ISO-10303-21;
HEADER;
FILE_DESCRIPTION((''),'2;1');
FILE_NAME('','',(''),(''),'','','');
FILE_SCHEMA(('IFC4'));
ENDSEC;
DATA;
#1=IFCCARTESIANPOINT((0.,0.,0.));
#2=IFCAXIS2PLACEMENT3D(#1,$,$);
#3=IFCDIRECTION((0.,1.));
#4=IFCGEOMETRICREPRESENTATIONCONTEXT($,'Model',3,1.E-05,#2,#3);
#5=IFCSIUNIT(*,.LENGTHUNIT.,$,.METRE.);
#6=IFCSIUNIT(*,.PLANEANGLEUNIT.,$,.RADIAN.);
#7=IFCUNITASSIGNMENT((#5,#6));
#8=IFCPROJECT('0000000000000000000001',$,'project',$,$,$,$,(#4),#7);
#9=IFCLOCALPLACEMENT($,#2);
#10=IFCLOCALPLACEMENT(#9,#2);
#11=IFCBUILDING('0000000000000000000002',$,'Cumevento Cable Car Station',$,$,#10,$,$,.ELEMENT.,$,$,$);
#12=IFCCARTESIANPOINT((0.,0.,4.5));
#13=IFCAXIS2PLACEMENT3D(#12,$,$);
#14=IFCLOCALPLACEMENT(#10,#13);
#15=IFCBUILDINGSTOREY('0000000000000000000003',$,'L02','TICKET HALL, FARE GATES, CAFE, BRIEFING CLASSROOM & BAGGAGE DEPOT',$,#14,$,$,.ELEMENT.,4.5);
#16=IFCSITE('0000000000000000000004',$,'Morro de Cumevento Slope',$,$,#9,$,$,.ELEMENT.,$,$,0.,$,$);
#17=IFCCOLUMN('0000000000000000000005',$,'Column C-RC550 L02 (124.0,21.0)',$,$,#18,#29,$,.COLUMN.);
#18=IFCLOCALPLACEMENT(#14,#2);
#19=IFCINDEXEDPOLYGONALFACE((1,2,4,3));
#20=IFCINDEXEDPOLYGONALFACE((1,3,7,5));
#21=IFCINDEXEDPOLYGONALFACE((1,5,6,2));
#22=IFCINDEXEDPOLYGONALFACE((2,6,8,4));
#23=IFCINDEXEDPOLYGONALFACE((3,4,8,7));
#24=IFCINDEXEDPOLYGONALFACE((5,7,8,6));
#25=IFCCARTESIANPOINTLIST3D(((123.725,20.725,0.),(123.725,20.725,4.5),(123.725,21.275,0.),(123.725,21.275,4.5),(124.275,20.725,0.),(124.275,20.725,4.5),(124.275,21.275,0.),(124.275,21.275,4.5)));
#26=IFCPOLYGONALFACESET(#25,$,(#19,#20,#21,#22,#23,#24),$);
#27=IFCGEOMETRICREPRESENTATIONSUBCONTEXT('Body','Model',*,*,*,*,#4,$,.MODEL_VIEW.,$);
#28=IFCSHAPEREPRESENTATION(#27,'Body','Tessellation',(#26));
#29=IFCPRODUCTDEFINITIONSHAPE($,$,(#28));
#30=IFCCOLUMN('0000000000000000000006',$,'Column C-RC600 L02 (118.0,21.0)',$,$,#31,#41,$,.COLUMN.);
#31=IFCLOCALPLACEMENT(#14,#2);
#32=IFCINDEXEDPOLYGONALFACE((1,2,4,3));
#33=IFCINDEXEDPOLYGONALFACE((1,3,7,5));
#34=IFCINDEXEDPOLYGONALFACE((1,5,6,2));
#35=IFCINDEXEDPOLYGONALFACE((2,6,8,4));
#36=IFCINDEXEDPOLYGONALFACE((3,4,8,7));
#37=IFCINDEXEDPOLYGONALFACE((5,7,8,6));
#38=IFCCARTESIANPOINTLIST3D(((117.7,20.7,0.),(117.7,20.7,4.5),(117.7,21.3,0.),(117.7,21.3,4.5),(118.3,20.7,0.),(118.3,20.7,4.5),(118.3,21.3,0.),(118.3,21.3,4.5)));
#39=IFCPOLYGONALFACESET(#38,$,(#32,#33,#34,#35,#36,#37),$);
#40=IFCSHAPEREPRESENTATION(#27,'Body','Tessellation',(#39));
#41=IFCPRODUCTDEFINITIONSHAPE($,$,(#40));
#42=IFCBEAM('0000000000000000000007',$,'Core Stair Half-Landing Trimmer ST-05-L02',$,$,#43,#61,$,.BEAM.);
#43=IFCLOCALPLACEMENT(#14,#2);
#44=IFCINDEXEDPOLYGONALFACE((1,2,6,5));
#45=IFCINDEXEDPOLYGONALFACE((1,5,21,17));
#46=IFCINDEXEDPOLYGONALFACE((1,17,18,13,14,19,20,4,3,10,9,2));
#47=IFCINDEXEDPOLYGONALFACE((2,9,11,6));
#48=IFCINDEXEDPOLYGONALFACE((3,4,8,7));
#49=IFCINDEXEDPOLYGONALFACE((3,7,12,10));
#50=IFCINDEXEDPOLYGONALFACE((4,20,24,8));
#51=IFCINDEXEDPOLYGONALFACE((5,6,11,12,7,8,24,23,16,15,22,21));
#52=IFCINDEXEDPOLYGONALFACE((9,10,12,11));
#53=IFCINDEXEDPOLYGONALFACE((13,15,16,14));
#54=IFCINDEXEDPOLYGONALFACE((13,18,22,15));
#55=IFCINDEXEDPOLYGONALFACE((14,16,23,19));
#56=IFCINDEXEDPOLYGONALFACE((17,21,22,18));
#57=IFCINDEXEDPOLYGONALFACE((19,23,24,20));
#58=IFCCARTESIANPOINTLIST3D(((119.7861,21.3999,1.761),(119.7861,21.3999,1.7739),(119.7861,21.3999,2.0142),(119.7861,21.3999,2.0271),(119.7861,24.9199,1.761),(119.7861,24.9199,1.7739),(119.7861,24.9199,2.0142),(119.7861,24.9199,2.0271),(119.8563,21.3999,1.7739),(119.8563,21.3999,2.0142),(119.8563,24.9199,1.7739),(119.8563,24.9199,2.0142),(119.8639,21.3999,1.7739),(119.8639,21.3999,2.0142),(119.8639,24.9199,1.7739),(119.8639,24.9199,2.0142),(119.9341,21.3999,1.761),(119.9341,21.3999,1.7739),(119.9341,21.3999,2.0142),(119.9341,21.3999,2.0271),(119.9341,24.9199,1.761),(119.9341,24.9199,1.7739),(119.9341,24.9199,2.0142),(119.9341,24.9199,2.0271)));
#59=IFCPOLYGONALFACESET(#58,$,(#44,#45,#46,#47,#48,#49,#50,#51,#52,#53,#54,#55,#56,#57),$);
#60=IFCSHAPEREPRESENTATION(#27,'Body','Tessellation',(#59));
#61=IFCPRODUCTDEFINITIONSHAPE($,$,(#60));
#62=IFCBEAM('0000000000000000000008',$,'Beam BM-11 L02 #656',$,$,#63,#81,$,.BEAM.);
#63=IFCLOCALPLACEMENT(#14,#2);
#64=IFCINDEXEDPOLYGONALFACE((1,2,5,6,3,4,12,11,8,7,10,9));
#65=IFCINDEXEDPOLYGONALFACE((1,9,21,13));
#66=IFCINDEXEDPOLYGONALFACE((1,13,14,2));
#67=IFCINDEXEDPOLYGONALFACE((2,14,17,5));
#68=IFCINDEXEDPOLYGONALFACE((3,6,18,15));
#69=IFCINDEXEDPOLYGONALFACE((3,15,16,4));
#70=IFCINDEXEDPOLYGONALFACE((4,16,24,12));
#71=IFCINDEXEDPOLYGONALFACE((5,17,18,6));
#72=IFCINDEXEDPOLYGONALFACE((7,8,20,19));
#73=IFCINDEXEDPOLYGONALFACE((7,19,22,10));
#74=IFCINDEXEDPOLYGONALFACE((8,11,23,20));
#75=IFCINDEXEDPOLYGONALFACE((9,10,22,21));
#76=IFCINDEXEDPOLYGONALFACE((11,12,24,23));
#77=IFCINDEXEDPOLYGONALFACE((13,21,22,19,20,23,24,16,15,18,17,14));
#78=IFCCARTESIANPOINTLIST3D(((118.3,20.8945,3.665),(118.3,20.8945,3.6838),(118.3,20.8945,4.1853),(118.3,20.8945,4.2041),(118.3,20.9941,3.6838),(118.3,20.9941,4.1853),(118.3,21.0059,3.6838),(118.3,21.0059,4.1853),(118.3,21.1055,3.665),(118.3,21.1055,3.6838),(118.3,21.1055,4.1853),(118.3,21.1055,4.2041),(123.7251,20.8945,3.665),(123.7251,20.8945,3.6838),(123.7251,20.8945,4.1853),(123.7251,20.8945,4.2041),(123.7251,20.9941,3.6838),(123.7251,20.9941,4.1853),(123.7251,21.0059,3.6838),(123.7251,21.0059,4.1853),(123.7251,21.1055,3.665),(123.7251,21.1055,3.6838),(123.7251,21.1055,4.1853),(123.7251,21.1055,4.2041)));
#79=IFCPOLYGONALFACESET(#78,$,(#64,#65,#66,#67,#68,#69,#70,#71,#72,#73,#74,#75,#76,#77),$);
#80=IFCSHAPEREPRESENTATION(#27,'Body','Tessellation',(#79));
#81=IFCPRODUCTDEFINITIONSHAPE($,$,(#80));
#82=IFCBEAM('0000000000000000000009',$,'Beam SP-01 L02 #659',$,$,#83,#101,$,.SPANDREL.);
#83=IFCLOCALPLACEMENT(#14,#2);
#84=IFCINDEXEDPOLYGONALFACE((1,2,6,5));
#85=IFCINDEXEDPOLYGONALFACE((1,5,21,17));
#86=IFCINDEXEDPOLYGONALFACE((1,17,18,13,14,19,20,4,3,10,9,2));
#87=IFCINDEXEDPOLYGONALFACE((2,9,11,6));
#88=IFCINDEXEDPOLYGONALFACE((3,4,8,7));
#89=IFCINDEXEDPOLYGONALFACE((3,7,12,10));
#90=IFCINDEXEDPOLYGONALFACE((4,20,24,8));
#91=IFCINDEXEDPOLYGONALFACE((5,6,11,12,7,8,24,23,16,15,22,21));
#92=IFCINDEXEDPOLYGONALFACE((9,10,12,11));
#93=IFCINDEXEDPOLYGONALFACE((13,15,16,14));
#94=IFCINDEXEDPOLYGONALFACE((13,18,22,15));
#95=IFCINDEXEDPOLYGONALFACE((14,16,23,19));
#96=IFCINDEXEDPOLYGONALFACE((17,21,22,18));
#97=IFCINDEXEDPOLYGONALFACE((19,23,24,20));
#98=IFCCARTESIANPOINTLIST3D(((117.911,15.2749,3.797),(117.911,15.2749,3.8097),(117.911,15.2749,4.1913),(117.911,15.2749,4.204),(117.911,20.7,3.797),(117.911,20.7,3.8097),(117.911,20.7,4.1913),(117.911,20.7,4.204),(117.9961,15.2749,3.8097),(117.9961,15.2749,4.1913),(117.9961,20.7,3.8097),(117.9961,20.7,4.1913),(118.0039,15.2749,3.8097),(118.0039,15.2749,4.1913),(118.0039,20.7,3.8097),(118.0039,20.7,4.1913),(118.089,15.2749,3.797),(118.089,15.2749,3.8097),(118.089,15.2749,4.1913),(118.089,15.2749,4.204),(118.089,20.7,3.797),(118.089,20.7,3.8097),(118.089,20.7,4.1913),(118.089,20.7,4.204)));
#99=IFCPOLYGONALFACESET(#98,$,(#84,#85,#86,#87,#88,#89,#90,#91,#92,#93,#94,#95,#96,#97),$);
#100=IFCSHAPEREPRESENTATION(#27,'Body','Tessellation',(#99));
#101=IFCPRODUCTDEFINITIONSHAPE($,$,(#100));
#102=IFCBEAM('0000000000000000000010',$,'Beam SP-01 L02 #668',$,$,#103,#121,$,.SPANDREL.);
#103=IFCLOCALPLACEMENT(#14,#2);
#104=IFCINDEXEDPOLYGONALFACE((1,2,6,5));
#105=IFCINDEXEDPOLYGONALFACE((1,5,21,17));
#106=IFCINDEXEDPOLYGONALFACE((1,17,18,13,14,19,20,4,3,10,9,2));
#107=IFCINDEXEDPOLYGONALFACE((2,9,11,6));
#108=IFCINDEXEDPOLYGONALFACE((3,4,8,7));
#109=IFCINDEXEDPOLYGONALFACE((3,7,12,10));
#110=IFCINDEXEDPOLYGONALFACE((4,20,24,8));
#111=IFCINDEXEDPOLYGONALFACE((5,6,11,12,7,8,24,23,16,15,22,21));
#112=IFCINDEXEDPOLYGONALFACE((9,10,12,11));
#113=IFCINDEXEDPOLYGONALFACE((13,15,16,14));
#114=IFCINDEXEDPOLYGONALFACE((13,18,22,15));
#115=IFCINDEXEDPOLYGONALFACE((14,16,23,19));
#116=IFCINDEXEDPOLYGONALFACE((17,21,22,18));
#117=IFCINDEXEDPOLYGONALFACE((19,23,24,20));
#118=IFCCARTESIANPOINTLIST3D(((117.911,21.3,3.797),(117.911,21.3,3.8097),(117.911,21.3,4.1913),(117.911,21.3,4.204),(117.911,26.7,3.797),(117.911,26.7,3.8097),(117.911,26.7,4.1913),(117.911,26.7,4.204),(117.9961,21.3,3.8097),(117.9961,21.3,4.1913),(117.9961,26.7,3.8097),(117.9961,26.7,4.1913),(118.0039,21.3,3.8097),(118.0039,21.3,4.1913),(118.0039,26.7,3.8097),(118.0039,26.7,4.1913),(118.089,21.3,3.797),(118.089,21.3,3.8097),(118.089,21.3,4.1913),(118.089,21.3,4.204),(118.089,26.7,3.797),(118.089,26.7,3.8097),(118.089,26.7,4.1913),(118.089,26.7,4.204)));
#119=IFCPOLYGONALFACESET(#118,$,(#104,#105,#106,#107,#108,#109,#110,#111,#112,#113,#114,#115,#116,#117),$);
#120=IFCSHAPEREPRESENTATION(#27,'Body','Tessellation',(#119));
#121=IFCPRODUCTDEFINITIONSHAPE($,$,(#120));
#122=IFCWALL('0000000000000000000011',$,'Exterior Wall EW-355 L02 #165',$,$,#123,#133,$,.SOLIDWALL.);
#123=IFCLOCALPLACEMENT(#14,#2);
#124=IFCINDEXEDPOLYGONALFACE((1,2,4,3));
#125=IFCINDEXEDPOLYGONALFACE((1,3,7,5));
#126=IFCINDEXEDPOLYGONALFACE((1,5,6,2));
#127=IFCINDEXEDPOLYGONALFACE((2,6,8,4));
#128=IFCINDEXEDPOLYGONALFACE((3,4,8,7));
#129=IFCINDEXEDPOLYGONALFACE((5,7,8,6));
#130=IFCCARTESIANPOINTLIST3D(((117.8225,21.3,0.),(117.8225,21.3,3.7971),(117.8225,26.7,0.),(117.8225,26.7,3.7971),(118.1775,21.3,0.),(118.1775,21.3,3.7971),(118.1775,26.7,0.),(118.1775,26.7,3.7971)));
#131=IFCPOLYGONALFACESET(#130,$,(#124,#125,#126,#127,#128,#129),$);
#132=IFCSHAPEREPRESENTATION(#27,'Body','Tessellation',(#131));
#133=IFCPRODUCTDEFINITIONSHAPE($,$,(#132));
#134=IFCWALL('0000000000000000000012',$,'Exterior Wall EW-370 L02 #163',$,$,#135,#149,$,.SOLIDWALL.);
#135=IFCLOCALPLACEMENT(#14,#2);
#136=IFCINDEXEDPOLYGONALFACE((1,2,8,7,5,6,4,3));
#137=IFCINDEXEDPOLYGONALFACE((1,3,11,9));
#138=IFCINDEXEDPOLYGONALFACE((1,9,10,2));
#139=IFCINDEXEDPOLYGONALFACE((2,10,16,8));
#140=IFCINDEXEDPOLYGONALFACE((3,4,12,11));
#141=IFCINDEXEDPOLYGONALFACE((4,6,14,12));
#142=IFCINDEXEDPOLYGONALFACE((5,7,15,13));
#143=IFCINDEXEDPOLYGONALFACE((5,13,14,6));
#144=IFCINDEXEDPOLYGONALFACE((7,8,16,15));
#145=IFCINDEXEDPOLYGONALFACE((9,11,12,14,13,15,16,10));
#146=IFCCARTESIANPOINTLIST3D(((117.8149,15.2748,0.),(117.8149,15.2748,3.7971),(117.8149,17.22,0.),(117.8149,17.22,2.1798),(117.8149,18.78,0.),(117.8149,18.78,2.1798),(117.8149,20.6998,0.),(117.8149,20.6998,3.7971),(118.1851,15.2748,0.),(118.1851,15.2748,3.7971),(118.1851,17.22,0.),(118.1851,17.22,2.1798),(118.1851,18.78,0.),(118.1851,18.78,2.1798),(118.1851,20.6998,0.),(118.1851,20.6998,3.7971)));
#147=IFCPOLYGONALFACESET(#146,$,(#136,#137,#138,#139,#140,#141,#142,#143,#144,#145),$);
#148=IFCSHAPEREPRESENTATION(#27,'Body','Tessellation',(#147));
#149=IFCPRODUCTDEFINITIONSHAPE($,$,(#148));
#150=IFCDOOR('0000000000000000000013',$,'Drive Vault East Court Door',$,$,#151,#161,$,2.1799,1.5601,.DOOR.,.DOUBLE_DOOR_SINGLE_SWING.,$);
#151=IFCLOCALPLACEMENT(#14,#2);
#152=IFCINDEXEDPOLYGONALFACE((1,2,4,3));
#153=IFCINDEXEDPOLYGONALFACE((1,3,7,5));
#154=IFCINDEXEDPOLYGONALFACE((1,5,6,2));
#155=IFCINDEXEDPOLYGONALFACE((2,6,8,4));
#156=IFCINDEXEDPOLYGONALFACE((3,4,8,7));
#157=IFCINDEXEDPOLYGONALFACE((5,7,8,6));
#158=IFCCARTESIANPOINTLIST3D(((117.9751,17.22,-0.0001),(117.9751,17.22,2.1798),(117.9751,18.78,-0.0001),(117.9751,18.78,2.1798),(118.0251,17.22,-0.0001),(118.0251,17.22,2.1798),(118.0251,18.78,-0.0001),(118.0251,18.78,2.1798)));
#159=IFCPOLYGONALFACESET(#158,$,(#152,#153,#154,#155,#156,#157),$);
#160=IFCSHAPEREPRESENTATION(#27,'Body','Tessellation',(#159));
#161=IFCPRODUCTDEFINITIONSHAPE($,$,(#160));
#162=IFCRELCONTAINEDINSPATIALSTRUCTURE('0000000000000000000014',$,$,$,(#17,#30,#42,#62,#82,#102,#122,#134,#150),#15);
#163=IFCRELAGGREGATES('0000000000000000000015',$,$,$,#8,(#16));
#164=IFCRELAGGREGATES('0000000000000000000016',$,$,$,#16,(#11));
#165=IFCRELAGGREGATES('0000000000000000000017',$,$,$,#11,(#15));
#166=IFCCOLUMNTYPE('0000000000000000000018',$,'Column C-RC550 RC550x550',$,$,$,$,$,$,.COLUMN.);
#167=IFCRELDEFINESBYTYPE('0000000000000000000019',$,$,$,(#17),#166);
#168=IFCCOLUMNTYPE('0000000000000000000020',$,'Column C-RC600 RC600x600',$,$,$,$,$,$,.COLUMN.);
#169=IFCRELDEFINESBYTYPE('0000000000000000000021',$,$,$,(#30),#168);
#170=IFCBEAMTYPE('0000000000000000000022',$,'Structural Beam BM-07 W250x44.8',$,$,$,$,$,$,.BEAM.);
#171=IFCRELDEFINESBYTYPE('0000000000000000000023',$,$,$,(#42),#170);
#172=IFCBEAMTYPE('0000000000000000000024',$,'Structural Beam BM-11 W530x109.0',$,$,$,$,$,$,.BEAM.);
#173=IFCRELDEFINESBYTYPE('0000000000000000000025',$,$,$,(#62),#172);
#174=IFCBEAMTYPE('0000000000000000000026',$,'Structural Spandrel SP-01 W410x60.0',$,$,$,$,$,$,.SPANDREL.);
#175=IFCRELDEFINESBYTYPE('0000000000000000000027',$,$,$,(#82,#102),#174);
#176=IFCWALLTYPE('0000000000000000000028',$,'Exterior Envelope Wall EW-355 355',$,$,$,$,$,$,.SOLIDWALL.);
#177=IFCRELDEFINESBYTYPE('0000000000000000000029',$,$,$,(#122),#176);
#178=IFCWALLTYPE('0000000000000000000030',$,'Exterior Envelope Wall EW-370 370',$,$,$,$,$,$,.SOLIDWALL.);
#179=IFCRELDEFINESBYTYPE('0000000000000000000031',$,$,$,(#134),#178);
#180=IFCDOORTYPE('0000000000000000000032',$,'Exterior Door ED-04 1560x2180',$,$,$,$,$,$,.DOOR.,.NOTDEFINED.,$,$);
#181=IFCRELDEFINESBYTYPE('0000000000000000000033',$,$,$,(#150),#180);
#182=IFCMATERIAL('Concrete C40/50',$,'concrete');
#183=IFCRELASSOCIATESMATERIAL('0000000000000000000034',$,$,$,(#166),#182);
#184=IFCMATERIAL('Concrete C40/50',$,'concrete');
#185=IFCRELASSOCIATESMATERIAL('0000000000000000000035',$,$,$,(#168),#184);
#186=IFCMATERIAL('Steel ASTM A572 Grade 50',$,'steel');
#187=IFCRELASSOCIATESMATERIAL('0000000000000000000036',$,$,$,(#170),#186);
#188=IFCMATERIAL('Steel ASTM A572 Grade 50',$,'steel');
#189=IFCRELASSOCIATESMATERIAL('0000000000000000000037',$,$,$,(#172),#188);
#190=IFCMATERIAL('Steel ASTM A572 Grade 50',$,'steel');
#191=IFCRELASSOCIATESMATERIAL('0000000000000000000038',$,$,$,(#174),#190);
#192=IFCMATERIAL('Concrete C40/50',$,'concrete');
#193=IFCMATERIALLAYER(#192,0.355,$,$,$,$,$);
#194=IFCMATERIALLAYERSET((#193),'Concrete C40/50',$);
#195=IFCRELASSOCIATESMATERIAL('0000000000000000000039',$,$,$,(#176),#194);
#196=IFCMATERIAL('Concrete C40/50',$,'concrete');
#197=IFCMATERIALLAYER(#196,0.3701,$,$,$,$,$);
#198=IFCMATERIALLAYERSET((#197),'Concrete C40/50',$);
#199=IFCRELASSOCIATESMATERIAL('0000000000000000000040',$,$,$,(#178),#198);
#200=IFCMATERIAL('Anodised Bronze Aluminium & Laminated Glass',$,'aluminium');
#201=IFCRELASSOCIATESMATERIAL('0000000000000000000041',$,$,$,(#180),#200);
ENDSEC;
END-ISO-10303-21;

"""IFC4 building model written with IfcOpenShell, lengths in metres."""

from ifc_helpers import new_model, si_unit, direction, frame, frame_2d, origin, origin_2d, place, context, subcontext, project, spatial, rectangle, i_section, extrude, material, layer, layer_set, material_profile, profile_set, type_object, element, fill, save


model = new_model("IFC4")

# Units and contexts
model_context = context("Model", 3, precision=1e-05, world=origin(), true_north=direction((0.0, 1.0)))
body_context = subcontext(model_context, "Body", "Model", "MODEL_VIEW")
ifc_project = project(units=[si_unit("LENGTHUNIT", "METRE"), si_unit("PLANEANGLEUNIT", "RADIAN")], contexts=[model_context])

# Site, building, storey
site_placement = place(None, origin())
site = spatial("IfcSite", under=ifc_project, at=site_placement, Name="Morro de Cumevento Slope", CompositionType="ELEMENT", RefElevation=0.0)
building_placement = place(site_placement, origin())
building = spatial("IfcBuilding", under=site, at=building_placement, Name="Cumevento Cable Car Station", CompositionType="ELEMENT")
storey_placement = place(building_placement, frame((0.0, 0.0, 4.5)))
storey = spatial("IfcBuildingStorey", under=building, at=storey_placement, Name="L02", Description="TICKET HALL, FARE GATES, CAFE, BRIEFING CLASSROOM & BAGGAGE DEPOT", CompositionType="ELEMENT", Elevation=4.5)

# Columns
ifc_material_1 = material(Name="Concrete C40/50", Category="concrete")
ifc_material_profile_1 = material_profile(ifc_material_1, rectangle(XDim=0.55, YDim=0.55, at=origin_2d()), Name="RC550x550")
ifc_profile_set_1 = profile_set([ifc_material_profile_1], Name="Concrete C40/50")
column_type_1 = type_object("IfcColumnType", Name="Column C-RC550 RC550x550", PredefinedType="COLUMN", material=ifc_profile_set_1)
column_1_placement = place(storey_placement, frame((124.0, 21.0, 0.0), z_axis=(0.0, 0.0, 1.0), x_axis=(1.0, 0.0, 0.0)))
element("IfcColumn", 1, at=column_1_placement, inside=storey, type_object=column_type_1, Name="Column C-RC550 L02 (124.0,21.0)", PredefinedType="COLUMN", context=body_context, shape_type="SweptSolid", body=[
    extrude(rectangle(XDim=0.55, YDim=0.55, at=origin_2d()), origin(), (0.0, 0.0, 1.0), 4.5),
])
ifc_material_2 = material(Name="Concrete C40/50", Category="concrete")
ifc_material_profile_2 = material_profile(ifc_material_2, rectangle(XDim=0.6001, YDim=0.6001, at=origin_2d()), Name="RC600x600")
ifc_profile_set_2 = profile_set([ifc_material_profile_2], Name="Concrete C40/50")
column_type_2 = type_object("IfcColumnType", Name="Column C-RC600 RC600x600", PredefinedType="COLUMN", material=ifc_profile_set_2)
column_2_placement = place(storey_placement, frame((118.0, 21.0, 0.0), z_axis=(0.0, 0.0, 1.0), x_axis=(1.0, 0.0, 0.0)))
element("IfcColumn", 2, at=column_2_placement, inside=storey, type_object=column_type_2, Name="Column C-RC600 L02 (118.0,21.0)", PredefinedType="COLUMN", context=body_context, shape_type="SweptSolid", body=[
    extrude(rectangle(XDim=0.6001, YDim=0.6001, at=origin_2d()), origin(), (0.0, 0.0, 1.0), 4.5),
])

# Beams
ifc_material_3 = material(Name="Steel ASTM A572 Grade 50", Category="steel")
ifc_material_profile_3 = material_profile(ifc_material_3, i_section(OverallWidth=0.1479, OverallDepth=0.2661, WebThickness=0.0076, FlangeThickness=0.0129, at=origin_2d()), Name="W250x44.8")
ifc_profile_set_3 = profile_set([ifc_material_profile_3], Name="Steel ASTM A572 Grade 50")
beam_type_1 = type_object("IfcBeamType", Name="Structural Beam BM-07 W250x44.8", PredefinedType="BEAM", material=ifc_profile_set_3)
beam_1_placement = place(storey_placement, frame((119.8601, 21.3999, 1.894), z_axis=(0.0, 1.0, 0.0), x_axis=(-1.0, 0.0, 0.0)))
element("IfcBeam", 3, at=beam_1_placement, inside=storey, type_object=beam_type_1, Name="Core Stair Half-Landing Trimmer ST-05-L02", PredefinedType="BEAM", context=body_context, shape_type="SweptSolid", body=[
    extrude(i_section(OverallWidth=0.1479, OverallDepth=0.2661, WebThickness=0.0076, FlangeThickness=0.0129, at=origin_2d()), origin(), (0.0, 0.0, 1.0), 3.52),
])
ifc_material_4 = material(Name="Steel ASTM A572 Grade 50", Category="steel")
ifc_material_profile_4 = material_profile(ifc_material_4, i_section(OverallWidth=0.2109, OverallDepth=0.5391, WebThickness=0.0117, FlangeThickness=0.0188, at=origin_2d()), Name="W530x109.0")
ifc_profile_set_4 = profile_set([ifc_material_profile_4], Name="Steel ASTM A572 Grade 50")
beam_type_2 = type_object("IfcBeamType", Name="Structural Beam BM-11 W530x109.0", PredefinedType="BEAM", material=ifc_profile_set_4)
beam_2_placement = place(storey_placement, frame((118.3, 21.0, 3.9346), z_axis=(1.0, 0.0, 0.0), x_axis=(0.0, 1.0, 0.0)))
element("IfcBeam", 4, at=beam_2_placement, inside=storey, type_object=beam_type_2, Name="Beam BM-11 L02 #656", PredefinedType="BEAM", context=body_context, shape_type="SweptSolid", body=[
    extrude(i_section(OverallWidth=0.2109, OverallDepth=0.5391, WebThickness=0.0117, FlangeThickness=0.0188, at=origin_2d()), origin(), (0.0, 0.0, 1.0), 5.425),
])
ifc_material_5 = material(Name="Steel ASTM A572 Grade 50", Category="steel")
ifc_material_profile_5 = material_profile(ifc_material_5, i_section(OverallWidth=0.178, OverallDepth=0.407, WebThickness=0.0078, FlangeThickness=0.0127, at=origin_2d()), Name="W410x60.0")
ifc_profile_set_5 = profile_set([ifc_material_profile_5], Name="Steel ASTM A572 Grade 50")
beam_type_3 = type_object("IfcBeamType", Name="Structural Spandrel SP-01 W410x60.0", PredefinedType="SPANDREL", material=ifc_profile_set_5)
beam_3_placement = place(storey_placement, frame((118.0, 15.2749, 4.0005), z_axis=(0.0, 1.0, 0.0), x_axis=(-1.0, 0.0, 0.0)))
element("IfcBeam", 5, at=beam_3_placement, inside=storey, type_object=beam_type_3, Name="Beam SP-01 L02 #659", PredefinedType="SPANDREL", context=body_context, shape_type="SweptSolid", body=[
    extrude(i_section(OverallWidth=0.178, OverallDepth=0.407, WebThickness=0.0078, FlangeThickness=0.0127, at=origin_2d()), origin(), (0.0, 0.0, 1.0), 5.425),
])
beam_4_placement = place(storey_placement, frame((118.0, 21.3, 4.0005), z_axis=(0.0, 1.0, 0.0), x_axis=(-1.0, 0.0, 0.0)))
element("IfcBeam", 6, at=beam_4_placement, inside=storey, type_object=beam_type_3, Name="Beam SP-01 L02 #668", PredefinedType="SPANDREL", context=body_context, shape_type="SweptSolid", body=[
    extrude(i_section(OverallWidth=0.178, OverallDepth=0.407, WebThickness=0.0078, FlangeThickness=0.0127, at=origin_2d()), origin(), (0.0, 0.0, 1.0), 5.3999),
])

# Wall
ifc_material_6 = material(Name="Concrete C40/50", Category="concrete")
ifc_layer_1 = layer(ifc_material_6, 0.355)
ifc_layer_set_1 = layer_set([ifc_layer_1], Name="Concrete C40/50")
wall_type_1 = type_object("IfcWallType", Name="Exterior Envelope Wall EW-355 355", PredefinedType="SOLIDWALL", material=ifc_layer_set_1)
wall_1_placement = place(storey_placement, frame((118.0, 21.3, 0.0), z_axis=(0.0, 0.0, 1.0), x_axis=(0.0, 1.0, 0.0)))
element("IfcWall", 7, at=wall_1_placement, inside=storey, type_object=wall_type_1, Name="Exterior Wall EW-355 L02 #165", PredefinedType="SOLIDWALL", context=body_context, shape_type="SweptSolid", body=[
    extrude(rectangle(XDim=5.3999, YDim=0.355, at=frame_2d((2.7, 0.0))), origin(), (0.0, 0.0, 1.0), 3.7971),
])

# Wall, opening, door
ifc_material_7 = material(Name="Concrete C40/50", Category="concrete")
ifc_layer_2 = layer(ifc_material_7, 0.3701)
ifc_layer_set_2 = layer_set([ifc_layer_2], Name="Concrete C40/50")
wall_type_2 = type_object("IfcWallType", Name="Exterior Envelope Wall EW-370 370", PredefinedType="SOLIDWALL", material=ifc_layer_set_2)
wall_2_placement = place(storey_placement, frame((118.0, 15.2749, 0.0), z_axis=(0.0, 0.0, 1.0), x_axis=(0.0, 1.0, 0.0)))
wall_2 = element("IfcWall", 8, at=wall_2_placement, inside=storey, type_object=wall_type_2, Name="Exterior Wall EW-370 L02 #163", PredefinedType="SOLIDWALL", context=body_context, shape_type="SweptSolid", body=[
    extrude(rectangle(XDim=5.425, YDim=0.3701, at=frame_2d((2.7124, 0.0))), origin(), (0.0, 0.0, 1.0), 3.7971),
])
opening_1_placement = place(wall_2_placement, frame((1.9451, 0.0, 0.0)))
opening_1 = element("IfcOpeningElement", 9, at=opening_1_placement, cuts=wall_2, PredefinedType="OPENING", context=body_context, shape_type="SweptSolid", body=[
    extrude(rectangle(XDim=1.5601, YDim=2.1799, at=frame_2d((0.78, 1.0898))), frame((0.0, 0.1951, 0.0), z_axis=(0.0, -1.0, 0.0), x_axis=(1.0, 0.0, 0.0)), (0.0, 0.0, 1.0), 0.3901),
])
ifc_material_8 = material(Name="Anodised Bronze Aluminium & Laminated Glass", Category="aluminium")
door_type_1 = type_object("IfcDoorType", Name="Exterior Door ED-04 1560x2180", OperationType="NOTDEFINED", PredefinedType="DOOR", material=ifc_material_8)
door_1_placement = place(opening_1_placement, origin())
door_1 = element("IfcDoor", 10, at=door_1_placement, inside=storey, type_object=door_type_1, Name="Drive Vault East Court Door", OperationType="DOUBLE_DOOR_SINGLE_SWING", OverallHeight=2.1799, OverallWidth=1.5601, PredefinedType="DOOR", context=body_context, shape_type="SweptSolid", body=[
    extrude(rectangle(XDim=1.5601, YDim=2.1799, at=frame_2d((0.78, 1.0898))), frame((0.0, 0.0249, 0.0), z_axis=(0.0, -1.0, 0.0), x_axis=(1.0, 0.0, 0.0)), (0.0, 0.0, 1.0), 0.05),
])
fill(opening_1, door_1)

save(model, "model.ifc")
